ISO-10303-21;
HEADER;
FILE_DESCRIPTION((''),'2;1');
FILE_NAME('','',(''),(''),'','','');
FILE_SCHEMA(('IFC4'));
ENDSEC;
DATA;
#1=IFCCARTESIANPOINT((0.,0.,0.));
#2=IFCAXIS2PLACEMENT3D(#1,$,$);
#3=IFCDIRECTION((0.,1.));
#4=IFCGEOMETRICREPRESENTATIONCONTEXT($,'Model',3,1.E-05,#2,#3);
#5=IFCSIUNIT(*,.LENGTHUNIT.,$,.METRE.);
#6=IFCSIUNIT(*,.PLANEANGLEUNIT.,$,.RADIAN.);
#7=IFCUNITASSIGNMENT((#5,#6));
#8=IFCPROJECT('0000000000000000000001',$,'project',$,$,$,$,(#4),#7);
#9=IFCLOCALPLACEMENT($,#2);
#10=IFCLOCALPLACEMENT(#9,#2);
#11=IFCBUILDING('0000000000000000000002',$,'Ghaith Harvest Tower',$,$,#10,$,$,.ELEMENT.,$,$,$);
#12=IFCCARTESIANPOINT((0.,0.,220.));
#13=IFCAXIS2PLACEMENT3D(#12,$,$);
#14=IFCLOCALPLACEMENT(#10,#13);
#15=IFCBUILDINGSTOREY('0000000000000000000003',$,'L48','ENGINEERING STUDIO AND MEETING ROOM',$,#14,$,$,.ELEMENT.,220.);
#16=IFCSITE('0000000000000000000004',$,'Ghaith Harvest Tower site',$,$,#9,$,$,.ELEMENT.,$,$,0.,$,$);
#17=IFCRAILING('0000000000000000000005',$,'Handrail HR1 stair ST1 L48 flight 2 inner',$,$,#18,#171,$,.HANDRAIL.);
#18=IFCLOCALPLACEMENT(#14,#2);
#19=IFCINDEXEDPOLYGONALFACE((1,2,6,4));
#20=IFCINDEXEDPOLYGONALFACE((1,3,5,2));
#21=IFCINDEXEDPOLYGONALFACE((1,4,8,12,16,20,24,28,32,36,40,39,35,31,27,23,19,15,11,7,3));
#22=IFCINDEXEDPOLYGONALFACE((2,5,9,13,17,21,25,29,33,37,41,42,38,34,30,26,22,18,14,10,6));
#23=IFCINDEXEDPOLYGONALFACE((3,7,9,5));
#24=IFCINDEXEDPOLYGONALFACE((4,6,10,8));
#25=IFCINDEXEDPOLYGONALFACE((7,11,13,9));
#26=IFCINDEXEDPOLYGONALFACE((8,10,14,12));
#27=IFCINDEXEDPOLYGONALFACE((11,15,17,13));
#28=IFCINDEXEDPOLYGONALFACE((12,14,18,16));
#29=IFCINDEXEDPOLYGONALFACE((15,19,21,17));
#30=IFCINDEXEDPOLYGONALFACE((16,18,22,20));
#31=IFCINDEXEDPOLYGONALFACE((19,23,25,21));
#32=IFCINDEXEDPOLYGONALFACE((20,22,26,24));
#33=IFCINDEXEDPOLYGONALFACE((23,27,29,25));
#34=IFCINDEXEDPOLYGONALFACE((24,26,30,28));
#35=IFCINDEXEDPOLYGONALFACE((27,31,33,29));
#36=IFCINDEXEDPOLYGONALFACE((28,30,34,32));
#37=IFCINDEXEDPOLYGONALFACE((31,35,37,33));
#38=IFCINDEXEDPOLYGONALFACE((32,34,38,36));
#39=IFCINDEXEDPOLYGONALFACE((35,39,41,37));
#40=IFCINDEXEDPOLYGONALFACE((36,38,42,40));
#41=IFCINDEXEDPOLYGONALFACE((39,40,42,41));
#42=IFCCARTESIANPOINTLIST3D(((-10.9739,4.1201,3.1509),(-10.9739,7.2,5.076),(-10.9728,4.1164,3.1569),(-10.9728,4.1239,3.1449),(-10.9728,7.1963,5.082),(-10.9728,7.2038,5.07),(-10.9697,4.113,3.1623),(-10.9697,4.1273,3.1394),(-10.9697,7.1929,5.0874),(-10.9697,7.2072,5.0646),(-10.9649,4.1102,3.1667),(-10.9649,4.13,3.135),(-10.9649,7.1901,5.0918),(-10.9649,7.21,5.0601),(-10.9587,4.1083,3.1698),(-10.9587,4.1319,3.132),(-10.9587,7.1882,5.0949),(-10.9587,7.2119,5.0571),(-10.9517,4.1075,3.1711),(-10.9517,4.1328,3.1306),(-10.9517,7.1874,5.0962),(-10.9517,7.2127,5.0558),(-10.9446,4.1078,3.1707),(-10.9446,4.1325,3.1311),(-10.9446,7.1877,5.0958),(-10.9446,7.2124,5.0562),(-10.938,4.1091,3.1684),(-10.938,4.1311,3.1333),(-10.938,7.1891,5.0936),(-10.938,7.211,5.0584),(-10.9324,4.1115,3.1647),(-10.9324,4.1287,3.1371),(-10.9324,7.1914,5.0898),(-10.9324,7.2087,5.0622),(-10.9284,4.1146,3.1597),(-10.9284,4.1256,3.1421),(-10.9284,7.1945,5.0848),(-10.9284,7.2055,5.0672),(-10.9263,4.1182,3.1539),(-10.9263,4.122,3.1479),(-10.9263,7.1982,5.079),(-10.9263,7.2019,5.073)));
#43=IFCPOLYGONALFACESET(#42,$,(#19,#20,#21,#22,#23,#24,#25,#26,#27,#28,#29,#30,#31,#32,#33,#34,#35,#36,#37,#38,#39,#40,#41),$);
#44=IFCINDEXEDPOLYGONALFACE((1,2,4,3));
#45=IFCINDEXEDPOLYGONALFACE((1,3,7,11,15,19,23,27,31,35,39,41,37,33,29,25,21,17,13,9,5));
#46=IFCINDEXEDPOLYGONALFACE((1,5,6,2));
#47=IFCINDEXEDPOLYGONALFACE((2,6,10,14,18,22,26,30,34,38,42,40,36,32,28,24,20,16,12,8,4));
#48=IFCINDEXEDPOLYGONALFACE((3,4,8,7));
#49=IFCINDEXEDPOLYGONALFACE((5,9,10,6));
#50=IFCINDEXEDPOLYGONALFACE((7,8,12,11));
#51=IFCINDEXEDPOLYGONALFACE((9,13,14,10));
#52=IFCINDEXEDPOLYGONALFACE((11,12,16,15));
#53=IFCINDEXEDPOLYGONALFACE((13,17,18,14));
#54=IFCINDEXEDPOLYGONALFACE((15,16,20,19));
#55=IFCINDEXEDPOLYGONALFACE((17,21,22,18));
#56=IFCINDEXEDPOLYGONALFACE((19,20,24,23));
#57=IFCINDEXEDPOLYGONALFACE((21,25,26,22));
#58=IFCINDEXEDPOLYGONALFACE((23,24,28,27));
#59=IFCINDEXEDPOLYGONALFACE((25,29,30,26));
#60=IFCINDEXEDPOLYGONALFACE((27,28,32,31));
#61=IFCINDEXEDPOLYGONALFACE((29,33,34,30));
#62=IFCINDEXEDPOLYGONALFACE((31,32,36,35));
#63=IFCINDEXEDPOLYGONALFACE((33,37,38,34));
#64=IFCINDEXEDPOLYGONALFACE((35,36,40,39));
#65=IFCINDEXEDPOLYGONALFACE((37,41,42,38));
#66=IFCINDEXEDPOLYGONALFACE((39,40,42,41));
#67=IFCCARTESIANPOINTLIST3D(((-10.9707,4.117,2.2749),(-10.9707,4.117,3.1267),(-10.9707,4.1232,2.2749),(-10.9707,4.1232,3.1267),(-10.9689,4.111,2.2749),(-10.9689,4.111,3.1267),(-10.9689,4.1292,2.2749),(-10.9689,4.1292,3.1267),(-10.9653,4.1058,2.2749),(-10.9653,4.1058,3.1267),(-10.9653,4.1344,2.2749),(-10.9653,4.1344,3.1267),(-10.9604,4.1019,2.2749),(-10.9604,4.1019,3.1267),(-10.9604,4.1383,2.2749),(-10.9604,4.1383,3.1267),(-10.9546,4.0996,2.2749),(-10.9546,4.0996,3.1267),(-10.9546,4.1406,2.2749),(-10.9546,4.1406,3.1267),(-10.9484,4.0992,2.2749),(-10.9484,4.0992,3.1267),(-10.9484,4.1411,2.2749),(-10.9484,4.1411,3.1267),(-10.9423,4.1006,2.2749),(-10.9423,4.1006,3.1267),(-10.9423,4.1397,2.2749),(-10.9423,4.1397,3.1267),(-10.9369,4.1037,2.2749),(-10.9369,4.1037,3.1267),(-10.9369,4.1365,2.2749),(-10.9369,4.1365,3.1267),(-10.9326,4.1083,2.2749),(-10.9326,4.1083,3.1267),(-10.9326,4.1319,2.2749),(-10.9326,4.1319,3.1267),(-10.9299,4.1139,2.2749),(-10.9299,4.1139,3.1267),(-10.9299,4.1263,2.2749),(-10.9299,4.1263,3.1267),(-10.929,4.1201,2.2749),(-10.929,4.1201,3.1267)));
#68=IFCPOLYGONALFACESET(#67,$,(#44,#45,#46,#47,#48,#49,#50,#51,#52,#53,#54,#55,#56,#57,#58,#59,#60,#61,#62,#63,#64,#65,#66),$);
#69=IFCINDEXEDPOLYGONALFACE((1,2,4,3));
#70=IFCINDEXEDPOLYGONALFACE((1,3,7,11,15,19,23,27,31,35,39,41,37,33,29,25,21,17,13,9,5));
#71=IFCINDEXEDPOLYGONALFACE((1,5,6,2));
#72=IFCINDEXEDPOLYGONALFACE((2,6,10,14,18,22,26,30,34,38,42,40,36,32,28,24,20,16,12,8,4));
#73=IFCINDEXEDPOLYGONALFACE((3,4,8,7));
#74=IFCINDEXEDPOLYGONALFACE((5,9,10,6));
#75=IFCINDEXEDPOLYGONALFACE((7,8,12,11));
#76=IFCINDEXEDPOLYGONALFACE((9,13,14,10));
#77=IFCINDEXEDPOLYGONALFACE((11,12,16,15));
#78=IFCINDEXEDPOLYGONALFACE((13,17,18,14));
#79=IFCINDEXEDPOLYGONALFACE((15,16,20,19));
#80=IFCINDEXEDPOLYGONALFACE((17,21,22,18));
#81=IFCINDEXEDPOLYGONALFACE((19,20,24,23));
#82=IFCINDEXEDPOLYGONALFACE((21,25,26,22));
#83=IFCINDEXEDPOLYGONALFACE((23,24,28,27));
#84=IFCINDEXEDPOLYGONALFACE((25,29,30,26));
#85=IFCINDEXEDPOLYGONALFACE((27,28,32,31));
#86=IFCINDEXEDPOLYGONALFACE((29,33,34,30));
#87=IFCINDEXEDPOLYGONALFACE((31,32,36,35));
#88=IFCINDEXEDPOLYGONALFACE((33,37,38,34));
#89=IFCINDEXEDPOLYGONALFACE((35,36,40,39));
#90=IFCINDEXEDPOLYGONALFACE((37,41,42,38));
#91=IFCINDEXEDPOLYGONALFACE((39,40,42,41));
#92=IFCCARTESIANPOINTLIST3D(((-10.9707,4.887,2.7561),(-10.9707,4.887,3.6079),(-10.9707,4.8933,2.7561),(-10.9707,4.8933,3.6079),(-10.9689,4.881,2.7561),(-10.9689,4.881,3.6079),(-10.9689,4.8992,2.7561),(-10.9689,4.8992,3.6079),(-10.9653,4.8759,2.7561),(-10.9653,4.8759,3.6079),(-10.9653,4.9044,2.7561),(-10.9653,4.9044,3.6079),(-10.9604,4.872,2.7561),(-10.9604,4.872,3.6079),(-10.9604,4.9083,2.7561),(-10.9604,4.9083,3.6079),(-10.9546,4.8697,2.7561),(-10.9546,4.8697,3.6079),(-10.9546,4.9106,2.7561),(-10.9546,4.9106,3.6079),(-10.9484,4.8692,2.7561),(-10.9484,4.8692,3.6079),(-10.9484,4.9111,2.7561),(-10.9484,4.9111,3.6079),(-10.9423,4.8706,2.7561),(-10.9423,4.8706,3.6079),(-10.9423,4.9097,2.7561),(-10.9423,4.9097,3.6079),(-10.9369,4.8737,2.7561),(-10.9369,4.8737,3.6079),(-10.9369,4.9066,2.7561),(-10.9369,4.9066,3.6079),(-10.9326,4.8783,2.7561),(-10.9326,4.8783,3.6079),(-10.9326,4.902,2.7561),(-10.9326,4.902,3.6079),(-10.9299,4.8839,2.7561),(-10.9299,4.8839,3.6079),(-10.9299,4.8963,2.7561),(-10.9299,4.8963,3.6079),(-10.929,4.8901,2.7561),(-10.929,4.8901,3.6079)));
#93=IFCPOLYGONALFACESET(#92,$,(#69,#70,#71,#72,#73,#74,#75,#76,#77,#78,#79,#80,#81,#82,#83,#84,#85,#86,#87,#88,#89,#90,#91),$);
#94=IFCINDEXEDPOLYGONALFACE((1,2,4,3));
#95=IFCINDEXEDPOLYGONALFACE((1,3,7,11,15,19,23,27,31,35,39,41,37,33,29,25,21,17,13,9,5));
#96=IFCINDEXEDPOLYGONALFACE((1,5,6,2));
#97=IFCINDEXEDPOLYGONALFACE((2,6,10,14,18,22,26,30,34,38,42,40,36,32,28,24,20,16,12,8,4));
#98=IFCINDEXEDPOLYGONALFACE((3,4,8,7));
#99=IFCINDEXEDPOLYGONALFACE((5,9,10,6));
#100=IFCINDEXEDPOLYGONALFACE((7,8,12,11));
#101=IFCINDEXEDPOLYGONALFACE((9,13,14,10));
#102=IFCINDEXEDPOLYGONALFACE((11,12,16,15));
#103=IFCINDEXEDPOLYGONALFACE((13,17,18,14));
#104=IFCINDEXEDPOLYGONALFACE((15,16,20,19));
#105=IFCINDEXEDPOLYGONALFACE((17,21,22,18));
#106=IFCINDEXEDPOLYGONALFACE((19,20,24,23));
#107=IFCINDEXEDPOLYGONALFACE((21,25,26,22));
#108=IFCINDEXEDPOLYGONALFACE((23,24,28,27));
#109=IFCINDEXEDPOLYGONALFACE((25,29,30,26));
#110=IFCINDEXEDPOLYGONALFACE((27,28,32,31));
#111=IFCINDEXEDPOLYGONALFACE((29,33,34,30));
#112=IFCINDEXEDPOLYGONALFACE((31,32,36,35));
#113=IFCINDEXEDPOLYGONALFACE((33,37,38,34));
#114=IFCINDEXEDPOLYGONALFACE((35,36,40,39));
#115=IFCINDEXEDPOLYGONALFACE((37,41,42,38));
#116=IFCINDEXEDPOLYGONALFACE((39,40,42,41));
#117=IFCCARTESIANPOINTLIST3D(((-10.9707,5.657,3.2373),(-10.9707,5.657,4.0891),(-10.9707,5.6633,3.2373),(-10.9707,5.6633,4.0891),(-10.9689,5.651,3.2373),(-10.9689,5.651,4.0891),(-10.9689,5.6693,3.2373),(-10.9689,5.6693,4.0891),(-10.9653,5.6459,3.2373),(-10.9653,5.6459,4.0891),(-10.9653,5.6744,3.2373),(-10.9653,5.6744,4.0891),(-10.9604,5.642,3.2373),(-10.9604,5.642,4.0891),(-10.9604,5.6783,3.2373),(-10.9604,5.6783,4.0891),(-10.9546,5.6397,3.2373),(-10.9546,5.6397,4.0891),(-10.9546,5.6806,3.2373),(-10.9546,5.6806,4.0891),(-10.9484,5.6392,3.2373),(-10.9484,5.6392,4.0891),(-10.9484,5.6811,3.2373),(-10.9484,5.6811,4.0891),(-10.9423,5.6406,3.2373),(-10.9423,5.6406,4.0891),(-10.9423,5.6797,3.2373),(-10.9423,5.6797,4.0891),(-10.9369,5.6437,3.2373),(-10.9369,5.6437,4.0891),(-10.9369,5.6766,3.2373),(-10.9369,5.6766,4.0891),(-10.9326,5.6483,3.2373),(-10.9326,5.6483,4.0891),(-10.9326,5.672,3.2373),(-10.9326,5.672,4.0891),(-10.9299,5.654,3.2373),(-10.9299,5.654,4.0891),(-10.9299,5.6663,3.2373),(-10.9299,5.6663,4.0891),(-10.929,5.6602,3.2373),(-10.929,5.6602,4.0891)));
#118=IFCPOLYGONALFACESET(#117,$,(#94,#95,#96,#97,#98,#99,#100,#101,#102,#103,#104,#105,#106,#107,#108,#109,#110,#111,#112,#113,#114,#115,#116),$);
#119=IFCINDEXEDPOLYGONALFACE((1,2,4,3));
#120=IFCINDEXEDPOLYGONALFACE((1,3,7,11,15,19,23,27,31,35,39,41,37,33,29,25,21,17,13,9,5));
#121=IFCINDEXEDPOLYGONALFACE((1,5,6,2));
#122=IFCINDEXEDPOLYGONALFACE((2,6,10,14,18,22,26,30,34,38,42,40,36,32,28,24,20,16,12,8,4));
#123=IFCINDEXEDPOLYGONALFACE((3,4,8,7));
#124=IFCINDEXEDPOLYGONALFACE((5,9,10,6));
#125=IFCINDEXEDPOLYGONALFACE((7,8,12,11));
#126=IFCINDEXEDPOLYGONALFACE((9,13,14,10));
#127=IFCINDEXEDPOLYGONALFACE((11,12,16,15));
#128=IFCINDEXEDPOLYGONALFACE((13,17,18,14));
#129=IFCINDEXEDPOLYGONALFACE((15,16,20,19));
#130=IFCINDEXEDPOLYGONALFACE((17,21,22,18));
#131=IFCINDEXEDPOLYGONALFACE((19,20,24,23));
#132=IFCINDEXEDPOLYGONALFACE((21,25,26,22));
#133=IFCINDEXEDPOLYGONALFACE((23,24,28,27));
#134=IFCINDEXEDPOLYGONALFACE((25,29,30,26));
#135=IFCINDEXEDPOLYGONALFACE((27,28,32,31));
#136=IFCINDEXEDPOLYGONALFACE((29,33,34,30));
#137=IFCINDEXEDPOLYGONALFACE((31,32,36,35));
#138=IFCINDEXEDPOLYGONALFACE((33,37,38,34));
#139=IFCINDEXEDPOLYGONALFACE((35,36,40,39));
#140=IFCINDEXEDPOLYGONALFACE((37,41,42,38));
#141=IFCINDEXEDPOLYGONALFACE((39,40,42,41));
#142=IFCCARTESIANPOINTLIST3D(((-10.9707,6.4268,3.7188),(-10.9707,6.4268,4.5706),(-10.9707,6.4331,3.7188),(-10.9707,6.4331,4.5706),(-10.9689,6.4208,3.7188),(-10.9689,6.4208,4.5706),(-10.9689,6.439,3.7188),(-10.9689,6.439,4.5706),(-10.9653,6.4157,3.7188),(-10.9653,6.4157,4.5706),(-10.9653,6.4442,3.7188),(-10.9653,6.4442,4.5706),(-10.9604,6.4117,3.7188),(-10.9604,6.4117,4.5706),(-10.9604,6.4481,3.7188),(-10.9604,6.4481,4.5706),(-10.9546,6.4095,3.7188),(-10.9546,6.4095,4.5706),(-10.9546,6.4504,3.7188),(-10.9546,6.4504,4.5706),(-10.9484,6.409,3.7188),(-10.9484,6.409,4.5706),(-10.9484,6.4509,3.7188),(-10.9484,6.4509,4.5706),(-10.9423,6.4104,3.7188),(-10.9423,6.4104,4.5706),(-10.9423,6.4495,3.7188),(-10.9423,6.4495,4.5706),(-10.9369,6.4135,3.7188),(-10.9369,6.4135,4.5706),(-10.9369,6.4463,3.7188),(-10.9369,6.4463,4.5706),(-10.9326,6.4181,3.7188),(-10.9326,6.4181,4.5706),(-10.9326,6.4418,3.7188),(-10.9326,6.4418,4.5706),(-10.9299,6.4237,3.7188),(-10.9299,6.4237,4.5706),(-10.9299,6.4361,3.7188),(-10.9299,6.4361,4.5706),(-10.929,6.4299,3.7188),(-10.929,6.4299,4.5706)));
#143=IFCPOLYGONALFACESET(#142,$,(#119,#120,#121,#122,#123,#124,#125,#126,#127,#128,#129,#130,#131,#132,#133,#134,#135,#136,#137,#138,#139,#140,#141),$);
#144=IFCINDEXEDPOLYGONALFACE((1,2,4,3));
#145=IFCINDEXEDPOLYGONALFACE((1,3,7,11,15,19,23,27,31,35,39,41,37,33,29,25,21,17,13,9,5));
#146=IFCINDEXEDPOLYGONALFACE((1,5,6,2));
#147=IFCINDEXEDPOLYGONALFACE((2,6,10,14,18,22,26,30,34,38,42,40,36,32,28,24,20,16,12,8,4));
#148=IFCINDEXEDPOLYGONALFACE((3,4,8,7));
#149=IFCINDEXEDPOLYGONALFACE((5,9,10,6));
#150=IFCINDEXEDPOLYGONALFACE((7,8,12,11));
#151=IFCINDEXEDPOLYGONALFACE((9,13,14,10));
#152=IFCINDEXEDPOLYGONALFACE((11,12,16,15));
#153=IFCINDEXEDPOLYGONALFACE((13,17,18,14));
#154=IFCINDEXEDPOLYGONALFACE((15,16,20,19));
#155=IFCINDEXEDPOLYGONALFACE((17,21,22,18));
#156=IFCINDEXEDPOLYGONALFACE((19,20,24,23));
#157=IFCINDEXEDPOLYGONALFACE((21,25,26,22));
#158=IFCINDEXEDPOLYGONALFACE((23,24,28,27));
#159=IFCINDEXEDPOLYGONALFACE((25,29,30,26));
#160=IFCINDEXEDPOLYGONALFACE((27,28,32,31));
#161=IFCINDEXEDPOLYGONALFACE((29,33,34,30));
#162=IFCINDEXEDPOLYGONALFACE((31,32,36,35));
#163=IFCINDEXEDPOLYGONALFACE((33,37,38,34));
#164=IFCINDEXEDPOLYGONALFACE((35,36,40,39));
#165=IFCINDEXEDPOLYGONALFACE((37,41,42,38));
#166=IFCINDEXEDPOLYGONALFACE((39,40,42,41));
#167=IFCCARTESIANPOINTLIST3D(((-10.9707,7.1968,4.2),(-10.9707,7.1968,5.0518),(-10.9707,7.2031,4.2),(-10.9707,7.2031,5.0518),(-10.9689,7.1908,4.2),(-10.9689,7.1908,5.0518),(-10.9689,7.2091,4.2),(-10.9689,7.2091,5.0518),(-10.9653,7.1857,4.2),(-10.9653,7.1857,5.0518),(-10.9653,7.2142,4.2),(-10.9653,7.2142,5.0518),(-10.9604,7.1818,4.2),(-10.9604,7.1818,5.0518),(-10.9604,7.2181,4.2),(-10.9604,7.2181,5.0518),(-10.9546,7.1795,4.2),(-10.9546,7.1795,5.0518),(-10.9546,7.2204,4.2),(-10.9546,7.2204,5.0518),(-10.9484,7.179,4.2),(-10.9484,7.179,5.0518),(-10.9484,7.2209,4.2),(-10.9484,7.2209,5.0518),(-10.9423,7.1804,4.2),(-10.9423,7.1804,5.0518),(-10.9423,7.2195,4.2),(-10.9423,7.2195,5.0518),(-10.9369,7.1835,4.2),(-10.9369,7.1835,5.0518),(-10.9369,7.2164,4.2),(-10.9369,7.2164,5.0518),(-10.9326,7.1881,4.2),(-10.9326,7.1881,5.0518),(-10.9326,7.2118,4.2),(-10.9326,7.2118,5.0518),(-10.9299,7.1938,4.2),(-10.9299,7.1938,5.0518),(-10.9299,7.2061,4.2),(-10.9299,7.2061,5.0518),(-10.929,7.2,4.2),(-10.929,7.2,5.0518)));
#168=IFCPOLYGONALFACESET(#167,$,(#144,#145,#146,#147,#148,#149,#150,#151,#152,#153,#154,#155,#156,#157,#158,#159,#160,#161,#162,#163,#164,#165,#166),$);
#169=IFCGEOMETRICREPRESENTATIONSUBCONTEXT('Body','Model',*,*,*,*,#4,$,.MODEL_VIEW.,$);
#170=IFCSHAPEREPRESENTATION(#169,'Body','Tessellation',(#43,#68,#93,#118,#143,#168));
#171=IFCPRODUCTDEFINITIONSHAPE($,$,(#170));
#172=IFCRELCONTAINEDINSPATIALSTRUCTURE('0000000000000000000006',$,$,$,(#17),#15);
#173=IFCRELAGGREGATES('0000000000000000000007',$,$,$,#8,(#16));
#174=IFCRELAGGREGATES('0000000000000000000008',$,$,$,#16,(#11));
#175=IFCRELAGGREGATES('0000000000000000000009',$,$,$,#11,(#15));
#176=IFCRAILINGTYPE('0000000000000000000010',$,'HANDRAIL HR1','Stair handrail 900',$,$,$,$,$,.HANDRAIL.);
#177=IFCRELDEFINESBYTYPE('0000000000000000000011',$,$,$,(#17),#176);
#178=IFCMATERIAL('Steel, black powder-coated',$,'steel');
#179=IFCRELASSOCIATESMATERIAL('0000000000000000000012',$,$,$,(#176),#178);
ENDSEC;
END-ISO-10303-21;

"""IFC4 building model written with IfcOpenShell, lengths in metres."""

from ifc_helpers import new_model, si_unit, direction, frame, origin, origin_2d, place, context, subcontext, project, spatial, circle, extrude, material, type_object, element, save


model = new_model("IFC4")

# Units and contexts
model_context = context("Model", 3, precision=1e-05, world=origin(), true_north=direction((0.0, 1.0)))
body_context = subcontext(model_context, "Body", "Model", "MODEL_VIEW")
ifc_project = project(units=[si_unit("LENGTHUNIT", "METRE"), si_unit("PLANEANGLEUNIT", "RADIAN")], contexts=[model_context])

# Site, building, storey
site_placement = place(None, origin())
site = spatial("IfcSite", under=ifc_project, at=site_placement, Name="Ghaith Harvest Tower site", CompositionType="ELEMENT", RefElevation=0.0)
building_placement = place(site_placement, origin())
building = spatial("IfcBuilding", under=site, at=building_placement, Name="Ghaith Harvest Tower", CompositionType="ELEMENT")
storey_placement = place(building_placement, frame((0.0, 0.0, 220.0)))
storey = spatial("IfcBuildingStorey", under=building, at=storey_placement, Name="L48", Description="ENGINEERING STUDIO AND MEETING ROOM", CompositionType="ELEMENT", Elevation=220.0)

# Railing
ifc_material_1 = material(Name="Steel, black powder-coated", Category="steel")
railing_type = type_object("IfcRailingType", Name="HANDRAIL HR1", Description="Stair handrail 900", PredefinedType="HANDRAIL", material=ifc_material_1)
railing_1_placement = place(storey_placement, frame((-10.95, 4.1201, 2.2749)))
element("IfcRailing", 1, at=railing_1_placement, inside=storey, type_object=railing_type, Name="Handrail HR1 stair ST1 L48 flight 2 inner", PredefinedType="HANDRAIL", context=body_context, shape_type="SweptSolid", body=[
    extrude(circle(Radius=0.0239, at=origin_2d()), frame((0.0, 0.0, 0.876), z_axis=(0.0, 0.847979, 0.530029), x_axis=(-1.0, 0.0, 0.0)), (0.0, 0.0, 1.0), 3.6321),
    extrude(circle(Radius=0.021, at=origin_2d()), origin(), (0.0, 0.0, 1.0), 0.8518),
    extrude(circle(Radius=0.021, at=origin_2d()), frame((0.0, 0.77, 0.4812)), (0.0, 0.0, 1.0), 0.8518),
    extrude(circle(Radius=0.021, at=origin_2d()), frame((0.0, 1.54, 0.9624)), (0.0, 0.0, 1.0), 0.8518),
    extrude(circle(Radius=0.021, at=origin_2d()), frame((0.0, 2.3098, 1.4438)), (0.0, 0.0, 1.0), 0.8518),
    extrude(circle(Radius=0.021, at=origin_2d()), frame((0.0, 3.0798, 1.925)), (0.0, 0.0, 1.0), 0.8518),
])

save(model, "model.ifc")
